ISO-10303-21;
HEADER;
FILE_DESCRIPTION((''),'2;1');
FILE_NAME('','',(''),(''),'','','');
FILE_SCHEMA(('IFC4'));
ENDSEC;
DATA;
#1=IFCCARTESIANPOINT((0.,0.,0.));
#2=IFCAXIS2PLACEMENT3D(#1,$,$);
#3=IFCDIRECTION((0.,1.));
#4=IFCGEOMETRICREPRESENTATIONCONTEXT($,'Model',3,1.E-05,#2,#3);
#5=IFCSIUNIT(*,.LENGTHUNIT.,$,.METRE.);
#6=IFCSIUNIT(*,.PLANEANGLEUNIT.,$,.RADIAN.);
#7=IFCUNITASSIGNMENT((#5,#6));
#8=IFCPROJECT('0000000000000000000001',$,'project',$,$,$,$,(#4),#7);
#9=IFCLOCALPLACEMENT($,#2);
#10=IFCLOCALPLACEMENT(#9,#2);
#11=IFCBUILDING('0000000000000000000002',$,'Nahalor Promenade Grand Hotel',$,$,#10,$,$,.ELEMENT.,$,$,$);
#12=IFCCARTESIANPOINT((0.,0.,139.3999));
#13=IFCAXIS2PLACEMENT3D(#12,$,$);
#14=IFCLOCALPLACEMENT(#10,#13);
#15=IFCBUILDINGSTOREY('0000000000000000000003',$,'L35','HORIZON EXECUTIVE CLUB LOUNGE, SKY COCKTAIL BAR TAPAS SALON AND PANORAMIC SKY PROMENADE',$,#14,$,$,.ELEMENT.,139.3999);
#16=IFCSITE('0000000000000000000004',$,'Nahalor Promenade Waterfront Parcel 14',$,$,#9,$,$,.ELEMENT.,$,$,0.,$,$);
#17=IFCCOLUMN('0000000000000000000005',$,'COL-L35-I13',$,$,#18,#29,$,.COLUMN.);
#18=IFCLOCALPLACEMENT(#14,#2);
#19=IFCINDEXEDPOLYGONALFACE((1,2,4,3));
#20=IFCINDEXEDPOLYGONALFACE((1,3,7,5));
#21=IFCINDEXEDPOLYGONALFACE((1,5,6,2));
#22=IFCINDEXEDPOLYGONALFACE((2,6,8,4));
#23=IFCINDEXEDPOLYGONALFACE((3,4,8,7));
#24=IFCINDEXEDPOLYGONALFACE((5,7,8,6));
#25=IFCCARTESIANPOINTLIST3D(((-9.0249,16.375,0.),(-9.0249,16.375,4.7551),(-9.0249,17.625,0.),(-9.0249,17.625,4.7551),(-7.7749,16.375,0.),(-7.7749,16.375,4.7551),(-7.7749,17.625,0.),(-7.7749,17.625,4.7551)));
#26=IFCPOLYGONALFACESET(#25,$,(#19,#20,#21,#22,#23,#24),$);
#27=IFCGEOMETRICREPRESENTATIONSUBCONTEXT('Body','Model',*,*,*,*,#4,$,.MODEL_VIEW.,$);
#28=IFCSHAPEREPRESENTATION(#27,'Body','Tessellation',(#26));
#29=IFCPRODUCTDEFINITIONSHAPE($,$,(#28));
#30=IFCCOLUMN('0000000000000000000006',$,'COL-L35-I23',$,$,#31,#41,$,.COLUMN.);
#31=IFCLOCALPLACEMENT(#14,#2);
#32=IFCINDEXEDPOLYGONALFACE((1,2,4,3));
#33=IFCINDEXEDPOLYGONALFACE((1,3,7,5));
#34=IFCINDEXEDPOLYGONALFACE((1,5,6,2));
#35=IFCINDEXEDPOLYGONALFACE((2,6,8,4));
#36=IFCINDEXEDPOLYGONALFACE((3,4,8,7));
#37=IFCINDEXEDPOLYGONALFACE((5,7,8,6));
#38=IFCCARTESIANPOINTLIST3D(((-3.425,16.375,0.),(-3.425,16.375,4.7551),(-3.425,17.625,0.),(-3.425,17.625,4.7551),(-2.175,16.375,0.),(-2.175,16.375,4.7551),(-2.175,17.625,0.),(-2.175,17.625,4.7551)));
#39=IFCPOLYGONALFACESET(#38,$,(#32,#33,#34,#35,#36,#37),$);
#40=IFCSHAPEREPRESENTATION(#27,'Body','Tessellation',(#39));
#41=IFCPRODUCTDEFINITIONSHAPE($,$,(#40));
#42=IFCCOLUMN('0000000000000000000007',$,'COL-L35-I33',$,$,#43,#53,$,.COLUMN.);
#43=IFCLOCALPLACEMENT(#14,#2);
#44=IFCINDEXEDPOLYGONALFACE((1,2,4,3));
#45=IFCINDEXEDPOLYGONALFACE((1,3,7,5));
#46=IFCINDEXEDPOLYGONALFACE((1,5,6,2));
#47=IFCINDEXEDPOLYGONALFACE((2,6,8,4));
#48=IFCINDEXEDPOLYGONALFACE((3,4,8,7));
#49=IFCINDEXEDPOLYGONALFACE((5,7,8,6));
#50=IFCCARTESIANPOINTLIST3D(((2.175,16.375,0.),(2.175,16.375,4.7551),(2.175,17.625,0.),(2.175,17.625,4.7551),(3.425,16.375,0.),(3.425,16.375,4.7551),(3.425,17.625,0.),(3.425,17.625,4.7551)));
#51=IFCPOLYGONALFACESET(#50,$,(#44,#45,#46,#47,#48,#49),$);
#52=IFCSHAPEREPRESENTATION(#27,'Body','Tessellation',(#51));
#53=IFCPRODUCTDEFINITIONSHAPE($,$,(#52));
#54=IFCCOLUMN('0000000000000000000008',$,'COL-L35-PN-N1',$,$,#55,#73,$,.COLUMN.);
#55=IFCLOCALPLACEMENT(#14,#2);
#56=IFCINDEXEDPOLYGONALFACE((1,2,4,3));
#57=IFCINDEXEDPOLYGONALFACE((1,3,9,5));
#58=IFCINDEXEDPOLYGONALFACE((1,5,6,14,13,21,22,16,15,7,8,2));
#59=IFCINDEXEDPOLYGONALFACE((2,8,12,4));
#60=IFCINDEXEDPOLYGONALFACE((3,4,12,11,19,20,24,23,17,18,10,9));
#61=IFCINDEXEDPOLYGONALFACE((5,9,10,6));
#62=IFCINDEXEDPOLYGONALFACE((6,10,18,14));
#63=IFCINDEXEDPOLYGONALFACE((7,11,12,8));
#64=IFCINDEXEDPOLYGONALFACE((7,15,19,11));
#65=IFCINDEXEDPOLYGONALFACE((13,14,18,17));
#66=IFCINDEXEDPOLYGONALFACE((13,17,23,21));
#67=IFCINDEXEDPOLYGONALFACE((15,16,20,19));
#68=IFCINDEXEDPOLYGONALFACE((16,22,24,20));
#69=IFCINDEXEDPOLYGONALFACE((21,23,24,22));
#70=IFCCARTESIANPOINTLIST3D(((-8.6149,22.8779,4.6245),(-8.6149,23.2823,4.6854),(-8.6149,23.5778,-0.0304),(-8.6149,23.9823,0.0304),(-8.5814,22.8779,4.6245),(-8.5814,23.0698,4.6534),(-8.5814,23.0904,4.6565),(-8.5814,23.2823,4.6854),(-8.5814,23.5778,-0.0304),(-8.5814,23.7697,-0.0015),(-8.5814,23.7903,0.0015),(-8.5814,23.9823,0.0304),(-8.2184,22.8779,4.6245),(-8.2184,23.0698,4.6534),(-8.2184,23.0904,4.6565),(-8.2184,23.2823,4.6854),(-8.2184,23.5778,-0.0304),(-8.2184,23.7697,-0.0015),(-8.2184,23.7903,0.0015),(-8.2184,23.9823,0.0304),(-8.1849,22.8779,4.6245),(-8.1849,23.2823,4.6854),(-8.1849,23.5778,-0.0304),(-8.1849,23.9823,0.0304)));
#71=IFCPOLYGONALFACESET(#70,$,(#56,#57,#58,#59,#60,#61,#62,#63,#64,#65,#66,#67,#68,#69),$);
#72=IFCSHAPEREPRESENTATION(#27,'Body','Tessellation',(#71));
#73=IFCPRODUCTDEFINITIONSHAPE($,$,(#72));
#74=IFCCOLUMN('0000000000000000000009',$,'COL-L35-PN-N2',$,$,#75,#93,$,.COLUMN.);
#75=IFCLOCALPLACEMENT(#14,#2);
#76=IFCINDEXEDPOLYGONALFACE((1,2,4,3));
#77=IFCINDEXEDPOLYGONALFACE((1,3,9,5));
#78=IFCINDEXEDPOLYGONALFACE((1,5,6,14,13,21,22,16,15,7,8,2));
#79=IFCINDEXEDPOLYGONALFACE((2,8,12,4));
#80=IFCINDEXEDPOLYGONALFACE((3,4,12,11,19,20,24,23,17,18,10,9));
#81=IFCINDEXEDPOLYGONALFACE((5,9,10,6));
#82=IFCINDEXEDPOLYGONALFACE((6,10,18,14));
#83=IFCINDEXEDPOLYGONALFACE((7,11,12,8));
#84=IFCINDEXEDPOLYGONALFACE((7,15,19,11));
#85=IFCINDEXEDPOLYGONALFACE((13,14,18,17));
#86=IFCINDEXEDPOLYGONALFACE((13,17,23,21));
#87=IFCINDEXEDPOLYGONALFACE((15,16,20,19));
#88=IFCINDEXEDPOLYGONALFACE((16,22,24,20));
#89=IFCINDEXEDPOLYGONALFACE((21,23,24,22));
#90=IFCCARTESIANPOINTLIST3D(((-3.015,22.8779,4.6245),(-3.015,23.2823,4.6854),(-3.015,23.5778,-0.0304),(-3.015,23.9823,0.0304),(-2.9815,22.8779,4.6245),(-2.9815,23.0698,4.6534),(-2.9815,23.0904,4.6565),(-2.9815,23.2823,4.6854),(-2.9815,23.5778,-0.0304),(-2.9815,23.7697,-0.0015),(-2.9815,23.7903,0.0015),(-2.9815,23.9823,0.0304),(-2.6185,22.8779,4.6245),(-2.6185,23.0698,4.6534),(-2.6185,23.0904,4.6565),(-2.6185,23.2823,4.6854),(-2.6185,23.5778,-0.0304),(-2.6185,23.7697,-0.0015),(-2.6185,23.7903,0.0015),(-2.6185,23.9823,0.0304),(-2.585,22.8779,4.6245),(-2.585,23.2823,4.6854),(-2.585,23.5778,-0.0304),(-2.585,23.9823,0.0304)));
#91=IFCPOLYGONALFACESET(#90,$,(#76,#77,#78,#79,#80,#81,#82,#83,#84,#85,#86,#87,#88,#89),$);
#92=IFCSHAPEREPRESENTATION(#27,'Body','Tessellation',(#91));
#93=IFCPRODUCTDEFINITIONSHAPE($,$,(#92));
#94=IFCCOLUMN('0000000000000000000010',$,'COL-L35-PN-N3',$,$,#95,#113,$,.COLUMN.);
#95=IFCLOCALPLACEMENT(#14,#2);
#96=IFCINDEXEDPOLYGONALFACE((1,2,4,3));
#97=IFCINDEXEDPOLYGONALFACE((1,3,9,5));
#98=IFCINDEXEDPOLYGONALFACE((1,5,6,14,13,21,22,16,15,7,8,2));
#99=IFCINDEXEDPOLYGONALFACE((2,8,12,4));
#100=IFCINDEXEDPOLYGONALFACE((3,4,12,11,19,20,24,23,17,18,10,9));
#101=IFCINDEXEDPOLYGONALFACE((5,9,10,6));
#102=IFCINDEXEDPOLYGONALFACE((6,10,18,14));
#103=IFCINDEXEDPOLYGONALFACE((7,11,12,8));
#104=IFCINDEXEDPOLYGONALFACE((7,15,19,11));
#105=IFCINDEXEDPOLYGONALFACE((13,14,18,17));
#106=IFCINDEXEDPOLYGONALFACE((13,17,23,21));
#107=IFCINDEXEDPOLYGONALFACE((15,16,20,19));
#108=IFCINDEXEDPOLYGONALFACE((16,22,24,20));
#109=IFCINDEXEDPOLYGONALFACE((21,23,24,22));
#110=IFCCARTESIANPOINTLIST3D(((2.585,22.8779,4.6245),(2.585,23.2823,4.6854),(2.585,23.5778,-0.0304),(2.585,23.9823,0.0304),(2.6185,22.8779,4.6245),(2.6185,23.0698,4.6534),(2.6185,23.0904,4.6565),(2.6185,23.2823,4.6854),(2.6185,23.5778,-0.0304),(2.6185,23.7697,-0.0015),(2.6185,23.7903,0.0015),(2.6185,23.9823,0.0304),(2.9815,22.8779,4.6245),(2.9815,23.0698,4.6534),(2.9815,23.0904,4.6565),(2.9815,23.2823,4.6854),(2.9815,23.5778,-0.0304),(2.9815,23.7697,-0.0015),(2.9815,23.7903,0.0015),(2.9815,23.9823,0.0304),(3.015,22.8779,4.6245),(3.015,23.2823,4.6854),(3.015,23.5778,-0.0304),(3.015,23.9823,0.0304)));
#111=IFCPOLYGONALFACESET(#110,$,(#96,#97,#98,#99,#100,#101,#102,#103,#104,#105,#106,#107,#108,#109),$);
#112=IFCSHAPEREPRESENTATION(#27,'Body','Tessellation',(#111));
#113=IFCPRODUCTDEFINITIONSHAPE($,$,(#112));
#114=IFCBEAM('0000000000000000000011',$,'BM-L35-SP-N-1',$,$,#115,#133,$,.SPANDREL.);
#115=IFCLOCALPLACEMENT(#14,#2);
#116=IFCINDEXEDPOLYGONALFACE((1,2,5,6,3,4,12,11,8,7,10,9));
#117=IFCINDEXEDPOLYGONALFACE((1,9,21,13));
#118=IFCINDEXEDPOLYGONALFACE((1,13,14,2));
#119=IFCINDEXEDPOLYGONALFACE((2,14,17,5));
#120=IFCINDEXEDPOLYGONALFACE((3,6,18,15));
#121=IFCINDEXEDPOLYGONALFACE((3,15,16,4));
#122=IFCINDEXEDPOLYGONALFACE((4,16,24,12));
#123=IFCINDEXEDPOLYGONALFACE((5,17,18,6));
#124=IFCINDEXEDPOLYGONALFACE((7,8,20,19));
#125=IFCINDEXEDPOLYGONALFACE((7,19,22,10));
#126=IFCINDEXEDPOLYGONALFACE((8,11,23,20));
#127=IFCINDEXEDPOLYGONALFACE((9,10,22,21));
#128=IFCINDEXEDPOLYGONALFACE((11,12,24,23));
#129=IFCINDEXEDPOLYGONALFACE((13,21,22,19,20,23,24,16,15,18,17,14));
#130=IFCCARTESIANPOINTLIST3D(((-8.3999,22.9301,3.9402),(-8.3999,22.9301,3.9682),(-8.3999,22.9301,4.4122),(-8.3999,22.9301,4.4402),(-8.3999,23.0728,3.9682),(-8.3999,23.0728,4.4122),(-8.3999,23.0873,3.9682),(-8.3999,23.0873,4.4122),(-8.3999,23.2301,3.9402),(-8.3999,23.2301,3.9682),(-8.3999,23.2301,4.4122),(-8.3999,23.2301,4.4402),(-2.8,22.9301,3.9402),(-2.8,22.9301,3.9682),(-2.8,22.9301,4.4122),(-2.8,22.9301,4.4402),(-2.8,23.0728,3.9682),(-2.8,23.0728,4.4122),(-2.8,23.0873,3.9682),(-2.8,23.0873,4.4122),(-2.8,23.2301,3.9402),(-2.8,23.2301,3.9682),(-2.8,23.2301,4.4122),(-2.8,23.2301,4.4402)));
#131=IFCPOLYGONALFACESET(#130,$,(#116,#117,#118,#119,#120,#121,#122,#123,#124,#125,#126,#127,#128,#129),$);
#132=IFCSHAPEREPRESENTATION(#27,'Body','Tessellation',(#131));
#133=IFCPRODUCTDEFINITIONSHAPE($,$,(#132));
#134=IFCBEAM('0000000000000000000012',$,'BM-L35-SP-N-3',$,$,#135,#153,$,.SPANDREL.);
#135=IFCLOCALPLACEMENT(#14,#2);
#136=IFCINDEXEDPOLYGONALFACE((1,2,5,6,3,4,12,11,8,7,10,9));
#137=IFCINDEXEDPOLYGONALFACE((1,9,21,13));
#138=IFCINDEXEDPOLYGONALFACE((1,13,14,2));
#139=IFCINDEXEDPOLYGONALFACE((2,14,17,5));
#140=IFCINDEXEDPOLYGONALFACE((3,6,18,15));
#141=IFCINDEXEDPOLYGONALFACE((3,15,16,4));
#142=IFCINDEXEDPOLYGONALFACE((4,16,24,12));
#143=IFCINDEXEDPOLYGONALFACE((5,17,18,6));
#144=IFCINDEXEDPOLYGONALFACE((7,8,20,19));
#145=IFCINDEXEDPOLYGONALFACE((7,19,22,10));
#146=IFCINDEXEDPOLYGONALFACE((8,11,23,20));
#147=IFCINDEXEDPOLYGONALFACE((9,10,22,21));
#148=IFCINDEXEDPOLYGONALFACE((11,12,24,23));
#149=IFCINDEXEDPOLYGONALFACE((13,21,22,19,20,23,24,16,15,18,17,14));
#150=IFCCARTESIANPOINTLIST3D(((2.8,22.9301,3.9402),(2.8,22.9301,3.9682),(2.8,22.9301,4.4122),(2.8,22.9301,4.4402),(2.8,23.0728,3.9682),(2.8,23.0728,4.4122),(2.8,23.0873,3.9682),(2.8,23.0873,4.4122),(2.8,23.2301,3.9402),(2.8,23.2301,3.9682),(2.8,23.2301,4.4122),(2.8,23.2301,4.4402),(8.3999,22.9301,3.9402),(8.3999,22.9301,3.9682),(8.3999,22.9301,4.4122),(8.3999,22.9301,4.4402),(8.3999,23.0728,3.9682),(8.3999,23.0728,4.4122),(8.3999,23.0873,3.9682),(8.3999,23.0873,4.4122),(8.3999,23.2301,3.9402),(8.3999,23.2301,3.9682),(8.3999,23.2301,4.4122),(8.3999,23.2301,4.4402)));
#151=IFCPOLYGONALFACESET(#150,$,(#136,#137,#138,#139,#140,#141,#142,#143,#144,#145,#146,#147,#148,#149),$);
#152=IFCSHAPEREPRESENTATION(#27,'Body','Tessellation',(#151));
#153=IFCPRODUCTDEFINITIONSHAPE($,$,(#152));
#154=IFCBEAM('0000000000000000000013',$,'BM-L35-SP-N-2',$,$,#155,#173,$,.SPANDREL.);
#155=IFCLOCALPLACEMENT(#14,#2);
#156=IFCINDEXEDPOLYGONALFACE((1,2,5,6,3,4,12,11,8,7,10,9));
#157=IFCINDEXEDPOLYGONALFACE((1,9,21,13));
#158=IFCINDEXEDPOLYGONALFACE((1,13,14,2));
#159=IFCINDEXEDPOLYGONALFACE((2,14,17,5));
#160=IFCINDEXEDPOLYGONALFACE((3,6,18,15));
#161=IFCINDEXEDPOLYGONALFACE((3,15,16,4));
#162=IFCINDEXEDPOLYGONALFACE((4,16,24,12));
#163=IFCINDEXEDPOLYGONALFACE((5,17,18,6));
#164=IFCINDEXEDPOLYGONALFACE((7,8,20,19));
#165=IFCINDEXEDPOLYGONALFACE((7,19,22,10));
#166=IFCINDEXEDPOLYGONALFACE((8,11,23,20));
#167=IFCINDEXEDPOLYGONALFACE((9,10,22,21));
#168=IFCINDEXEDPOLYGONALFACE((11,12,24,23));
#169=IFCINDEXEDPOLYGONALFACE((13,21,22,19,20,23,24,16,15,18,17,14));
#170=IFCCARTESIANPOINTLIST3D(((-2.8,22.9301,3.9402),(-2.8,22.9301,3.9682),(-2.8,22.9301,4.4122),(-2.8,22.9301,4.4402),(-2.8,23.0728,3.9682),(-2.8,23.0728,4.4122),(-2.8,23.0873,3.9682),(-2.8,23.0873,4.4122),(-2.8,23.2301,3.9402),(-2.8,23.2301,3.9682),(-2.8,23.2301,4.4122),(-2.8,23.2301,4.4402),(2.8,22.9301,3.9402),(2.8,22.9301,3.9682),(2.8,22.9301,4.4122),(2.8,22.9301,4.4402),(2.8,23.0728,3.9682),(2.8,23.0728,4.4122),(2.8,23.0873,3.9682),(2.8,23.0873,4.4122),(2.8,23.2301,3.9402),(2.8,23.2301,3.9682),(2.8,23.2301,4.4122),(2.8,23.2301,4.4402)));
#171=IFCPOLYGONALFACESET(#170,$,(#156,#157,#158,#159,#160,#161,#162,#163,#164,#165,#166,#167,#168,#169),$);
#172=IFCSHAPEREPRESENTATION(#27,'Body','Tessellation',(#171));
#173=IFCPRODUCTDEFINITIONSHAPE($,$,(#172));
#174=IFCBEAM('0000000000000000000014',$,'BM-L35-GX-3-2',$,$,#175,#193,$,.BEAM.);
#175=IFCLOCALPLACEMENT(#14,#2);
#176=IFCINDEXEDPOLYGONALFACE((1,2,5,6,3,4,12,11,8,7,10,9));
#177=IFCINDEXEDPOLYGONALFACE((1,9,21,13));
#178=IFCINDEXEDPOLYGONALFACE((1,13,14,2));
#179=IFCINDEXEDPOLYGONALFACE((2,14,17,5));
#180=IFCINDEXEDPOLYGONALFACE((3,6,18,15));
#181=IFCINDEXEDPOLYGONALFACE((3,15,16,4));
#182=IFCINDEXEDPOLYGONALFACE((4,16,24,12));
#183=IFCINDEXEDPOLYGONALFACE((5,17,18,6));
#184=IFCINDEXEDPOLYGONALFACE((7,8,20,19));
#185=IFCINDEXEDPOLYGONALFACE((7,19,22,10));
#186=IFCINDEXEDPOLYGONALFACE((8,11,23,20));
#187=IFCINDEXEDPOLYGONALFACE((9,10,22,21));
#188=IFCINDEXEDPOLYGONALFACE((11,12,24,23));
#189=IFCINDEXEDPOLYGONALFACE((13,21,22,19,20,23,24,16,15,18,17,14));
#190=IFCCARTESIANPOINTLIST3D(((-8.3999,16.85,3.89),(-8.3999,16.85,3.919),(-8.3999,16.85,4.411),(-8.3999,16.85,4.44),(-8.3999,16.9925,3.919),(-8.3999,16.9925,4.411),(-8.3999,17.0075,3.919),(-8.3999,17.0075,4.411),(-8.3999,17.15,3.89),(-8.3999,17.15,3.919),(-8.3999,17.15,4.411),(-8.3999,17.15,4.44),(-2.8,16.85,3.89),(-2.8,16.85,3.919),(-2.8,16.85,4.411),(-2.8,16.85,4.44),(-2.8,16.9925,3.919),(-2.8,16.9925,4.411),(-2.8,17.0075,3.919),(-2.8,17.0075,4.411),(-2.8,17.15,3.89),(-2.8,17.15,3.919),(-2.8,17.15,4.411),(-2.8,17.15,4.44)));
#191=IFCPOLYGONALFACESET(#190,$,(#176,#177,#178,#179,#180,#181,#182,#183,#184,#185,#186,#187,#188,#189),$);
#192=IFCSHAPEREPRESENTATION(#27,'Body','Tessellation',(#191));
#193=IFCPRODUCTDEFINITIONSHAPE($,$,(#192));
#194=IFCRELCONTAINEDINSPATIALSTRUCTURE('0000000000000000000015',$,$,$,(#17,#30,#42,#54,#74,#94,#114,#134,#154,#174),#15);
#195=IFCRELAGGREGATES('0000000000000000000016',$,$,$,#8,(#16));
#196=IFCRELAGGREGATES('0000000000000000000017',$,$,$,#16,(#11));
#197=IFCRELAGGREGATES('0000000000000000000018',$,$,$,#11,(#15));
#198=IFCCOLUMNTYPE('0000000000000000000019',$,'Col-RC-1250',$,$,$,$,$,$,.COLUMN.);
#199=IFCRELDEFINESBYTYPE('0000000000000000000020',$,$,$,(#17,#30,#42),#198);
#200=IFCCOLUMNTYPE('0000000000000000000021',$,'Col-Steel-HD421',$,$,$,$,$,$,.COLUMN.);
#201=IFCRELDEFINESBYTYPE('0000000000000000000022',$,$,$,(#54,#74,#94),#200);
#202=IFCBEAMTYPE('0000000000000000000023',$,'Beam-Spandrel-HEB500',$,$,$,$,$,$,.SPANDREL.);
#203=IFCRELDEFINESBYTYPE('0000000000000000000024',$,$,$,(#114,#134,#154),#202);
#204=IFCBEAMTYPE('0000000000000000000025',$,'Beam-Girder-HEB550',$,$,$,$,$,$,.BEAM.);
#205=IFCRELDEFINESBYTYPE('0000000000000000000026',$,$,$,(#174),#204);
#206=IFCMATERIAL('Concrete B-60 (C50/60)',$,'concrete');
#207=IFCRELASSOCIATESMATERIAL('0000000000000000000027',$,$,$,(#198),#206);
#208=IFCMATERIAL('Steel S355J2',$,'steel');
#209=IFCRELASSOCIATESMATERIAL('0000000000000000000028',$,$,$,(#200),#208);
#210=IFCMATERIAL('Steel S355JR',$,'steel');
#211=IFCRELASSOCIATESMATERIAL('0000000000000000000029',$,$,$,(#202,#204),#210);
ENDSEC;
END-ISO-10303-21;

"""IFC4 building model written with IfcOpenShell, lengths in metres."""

from ifc_helpers import new_model, si_unit, direction, frame, origin, origin_2d, place, context, subcontext, project, spatial, rectangle, i_section, extrude, source, transform, mapped, material, material_profile, profile_set, type_object, element, save


model = new_model("IFC4")

# Units and contexts
model_context = context("Model", 3, precision=1e-05, world=origin(), true_north=direction((0.0, 1.0)))
body_context = subcontext(model_context, "Body", "Model", "MODEL_VIEW")
ifc_project = project(units=[si_unit("LENGTHUNIT", "METRE"), si_unit("PLANEANGLEUNIT", "RADIAN")], contexts=[model_context])

# Site, building, storey
site_placement = place(None, origin())
site = spatial("IfcSite", under=ifc_project, at=site_placement, Name="Nahalor Promenade Waterfront Parcel 14", CompositionType="ELEMENT", RefElevation=0.0)
building_placement = place(site_placement, origin())
building = spatial("IfcBuilding", under=site, at=building_placement, Name="Nahalor Promenade Grand Hotel", CompositionType="ELEMENT")
storey_placement = place(building_placement, frame((0.0, 0.0, 139.3999)))
storey = spatial("IfcBuildingStorey", under=building, at=storey_placement, Name="L35", Description="HORIZON EXECUTIVE CLUB LOUNGE, SKY COCKTAIL BAR TAPAS SALON AND PANORAMIC SKY PROMENADE", CompositionType="ELEMENT", Elevation=139.3999)

# Columns
ifc_material_1 = material(Name="Concrete B-60 (C50/60)", Category="concrete")
ifc_material_profile_1 = material_profile(ifc_material_1, rectangle(XDim=1.25, YDim=1.25, at=origin_2d()), Name="RC 1250x1250")
ifc_profile_set_1 = profile_set([ifc_material_profile_1], Name="Concrete B-60 (C50/60)")
column_type_1 = type_object("IfcColumnType", Name="Col-RC-1250", PredefinedType="COLUMN", material=ifc_profile_set_1)
shared_shape_1 = source(origin(), body_context, "Body", "SweptSolid", [
    extrude(rectangle(XDim=1.25, YDim=1.25, at=origin_2d()), origin(), (0.0, 0.0, 1.0), 4.7551),
])
for number, where, z_axis, x_axis, name in (
    (1, (-8.3999, 17.0, 0.0), (0.0, 0.0, 1.0), (1.0, 0.0, 0.0), "COL-L35-I13"),
    (2, (-2.8, 17.0, 0.0), (0.0, 0.0, 1.0), (1.0, 0.0, 0.0), "COL-L35-I23"),
    (3, (2.8, 17.0, 0.0), (0.0, 0.0, 1.0), (1.0, 0.0, 0.0), "COL-L35-I33"),
):
    element("IfcColumn", number, at=place(storey_placement, frame(where, z_axis=z_axis, x_axis=x_axis)), inside=storey, type_object=column_type_1, Name=name, PredefinedType="COLUMN", context=body_context, shape_type="MappedRepresentation", body=[
        mapped(shared_shape_1, transform((0.0, 0.0, 0.0), scale=1.0)),
    ])
ifc_material_2 = material(Name="Steel S355J2", Category="steel")
ifc_material_profile_2 = material_profile(ifc_material_2, i_section(OverallWidth=0.409, OverallDepth=0.43, WebThickness=0.0208, FlangeThickness=0.0335, at=origin_2d()), Name="HD 400x421")
ifc_profile_set_2 = profile_set([ifc_material_profile_2], Name="Steel S355J2")
column_type_2 = type_object("IfcColumnType", Name="Col-Steel-HD421", PredefinedType="COLUMN", material=ifc_profile_set_2)
shared_shape_2 = source(origin(), body_context, "Body", "SweptSolid", [
    extrude(i_section(OverallWidth=0.409, OverallDepth=0.43, WebThickness=0.0208, FlangeThickness=0.0335, at=origin_2d()), origin(), (0.0, 0.0, 1.0), 4.7073),
])
for number, where, z_axis, x_axis, name in (
    (4, (-8.3999, 23.78, 0.0), (0.0, -0.148693, 0.988883), (0.0, 0.988883, 0.148693), "COL-L35-PN-N1"),
    (5, (-2.8, 23.78, 0.0), (0.0, -0.148693, 0.988883), (0.0, 0.988883, 0.148693), "COL-L35-PN-N2"),
    (6, (2.8, 23.78, 0.0), (0.0, -0.148693, 0.988883), (0.0, 0.988883, 0.148693), "COL-L35-PN-N3"),
):
    element("IfcColumn", number, at=place(storey_placement, frame(where, z_axis=z_axis, x_axis=x_axis)), inside=storey, type_object=column_type_2, Name=name, PredefinedType="COLUMN", context=body_context, shape_type="MappedRepresentation", body=[
        mapped(shared_shape_2, transform((0.0, 0.0, 0.0), scale=1.0)),
    ])

# Beams
ifc_material_3 = material(Name="Steel S355JR", Category="steel")
ifc_material_profile_3 = material_profile(ifc_material_3, i_section(OverallWidth=0.3, OverallDepth=0.5, WebThickness=0.0145, FlangeThickness=0.028, at=origin_2d()), Name="HEB 500")
ifc_profile_set_3 = profile_set([ifc_material_profile_3], Name="Steel S355JR")
beam_type_1 = type_object("IfcBeamType", Name="Beam-Spandrel-HEB500", PredefinedType="SPANDREL", material=ifc_profile_set_3)
shared_shape_3 = source(origin(), body_context, "Body", "SweptSolid", [
    extrude(i_section(OverallWidth=0.3, OverallDepth=0.5, WebThickness=0.0145, FlangeThickness=0.028, at=origin_2d()), origin(), (0.0, 0.0, 1.0), 5.5999),
])
for number, where, z_axis, x_axis, name in (
    (7, (-8.3999, 23.0801, 4.1902), (1.0, 0.0, 0.0), (0.0, 1.0, 0.0), "BM-L35-SP-N-1"),
    (8, (2.8, 23.0801, 4.1902), (1.0, 0.0, 0.0), (0.0, 1.0, 0.0), "BM-L35-SP-N-3"),
):
    element("IfcBeam", number, at=place(storey_placement, frame(where, z_axis=z_axis, x_axis=x_axis)), inside=storey, type_object=beam_type_1, Name=name, PredefinedType="SPANDREL", context=body_context, shape_type="MappedRepresentation", body=[
        mapped(shared_shape_3, transform((0.0, 0.0, 0.0), scale=1.0)),
    ])
shared_shape_4 = source(origin(), body_context, "Body", "SweptSolid", [
    extrude(i_section(OverallWidth=0.3, OverallDepth=0.5, WebThickness=0.0145, FlangeThickness=0.028, at=origin_2d()), origin(), (0.0, 0.0, 1.0), 5.6001),
])
beam_1_placement = place(storey_placement, frame((-2.8, 23.0801, 4.1902), z_axis=(1.0, 0.0, 0.0), x_axis=(0.0, 1.0, 0.0)))
element("IfcBeam", 9, at=beam_1_placement, inside=storey, type_object=beam_type_1, Name="BM-L35-SP-N-2", PredefinedType="SPANDREL", context=body_context, shape_type="MappedRepresentation", body=[
    mapped(shared_shape_4, transform((0.0, 0.0, 0.0), scale=1.0)),
])
ifc_material_profile_4 = material_profile(ifc_material_3, i_section(OverallWidth=0.3, OverallDepth=0.55, WebThickness=0.015, FlangeThickness=0.029, at=origin_2d()), Name="HEB 550")
ifc_profile_set_4 = profile_set([ifc_material_profile_4], Name="Steel S355JR")
beam_type_2 = type_object("IfcBeamType", Name="Beam-Girder-HEB550", PredefinedType="BEAM", material=ifc_profile_set_4)
shared_shape_5 = source(origin(), body_context, "Body", "SweptSolid", [
    extrude(i_section(OverallWidth=0.3, OverallDepth=0.55, WebThickness=0.015, FlangeThickness=0.029, at=origin_2d()), origin(), (0.0, 0.0, 1.0), 5.5999),
])
for number, where, z_axis, x_axis, name in (
    (10, (-8.3999, 17.0, 4.165), (1.0, 0.0, 0.0), (0.0, 1.0, 0.0), "BM-L35-GX-3-2"),
):
    element("IfcBeam", number, at=place(storey_placement, frame(where, z_axis=z_axis, x_axis=x_axis)), inside=storey, type_object=beam_type_2, Name=name, PredefinedType="BEAM", context=body_context, shape_type="MappedRepresentation", body=[
        mapped(shared_shape_5, transform((0.0, 0.0, 0.0), scale=1.0)),
    ])

save(model, "model.ifc")
